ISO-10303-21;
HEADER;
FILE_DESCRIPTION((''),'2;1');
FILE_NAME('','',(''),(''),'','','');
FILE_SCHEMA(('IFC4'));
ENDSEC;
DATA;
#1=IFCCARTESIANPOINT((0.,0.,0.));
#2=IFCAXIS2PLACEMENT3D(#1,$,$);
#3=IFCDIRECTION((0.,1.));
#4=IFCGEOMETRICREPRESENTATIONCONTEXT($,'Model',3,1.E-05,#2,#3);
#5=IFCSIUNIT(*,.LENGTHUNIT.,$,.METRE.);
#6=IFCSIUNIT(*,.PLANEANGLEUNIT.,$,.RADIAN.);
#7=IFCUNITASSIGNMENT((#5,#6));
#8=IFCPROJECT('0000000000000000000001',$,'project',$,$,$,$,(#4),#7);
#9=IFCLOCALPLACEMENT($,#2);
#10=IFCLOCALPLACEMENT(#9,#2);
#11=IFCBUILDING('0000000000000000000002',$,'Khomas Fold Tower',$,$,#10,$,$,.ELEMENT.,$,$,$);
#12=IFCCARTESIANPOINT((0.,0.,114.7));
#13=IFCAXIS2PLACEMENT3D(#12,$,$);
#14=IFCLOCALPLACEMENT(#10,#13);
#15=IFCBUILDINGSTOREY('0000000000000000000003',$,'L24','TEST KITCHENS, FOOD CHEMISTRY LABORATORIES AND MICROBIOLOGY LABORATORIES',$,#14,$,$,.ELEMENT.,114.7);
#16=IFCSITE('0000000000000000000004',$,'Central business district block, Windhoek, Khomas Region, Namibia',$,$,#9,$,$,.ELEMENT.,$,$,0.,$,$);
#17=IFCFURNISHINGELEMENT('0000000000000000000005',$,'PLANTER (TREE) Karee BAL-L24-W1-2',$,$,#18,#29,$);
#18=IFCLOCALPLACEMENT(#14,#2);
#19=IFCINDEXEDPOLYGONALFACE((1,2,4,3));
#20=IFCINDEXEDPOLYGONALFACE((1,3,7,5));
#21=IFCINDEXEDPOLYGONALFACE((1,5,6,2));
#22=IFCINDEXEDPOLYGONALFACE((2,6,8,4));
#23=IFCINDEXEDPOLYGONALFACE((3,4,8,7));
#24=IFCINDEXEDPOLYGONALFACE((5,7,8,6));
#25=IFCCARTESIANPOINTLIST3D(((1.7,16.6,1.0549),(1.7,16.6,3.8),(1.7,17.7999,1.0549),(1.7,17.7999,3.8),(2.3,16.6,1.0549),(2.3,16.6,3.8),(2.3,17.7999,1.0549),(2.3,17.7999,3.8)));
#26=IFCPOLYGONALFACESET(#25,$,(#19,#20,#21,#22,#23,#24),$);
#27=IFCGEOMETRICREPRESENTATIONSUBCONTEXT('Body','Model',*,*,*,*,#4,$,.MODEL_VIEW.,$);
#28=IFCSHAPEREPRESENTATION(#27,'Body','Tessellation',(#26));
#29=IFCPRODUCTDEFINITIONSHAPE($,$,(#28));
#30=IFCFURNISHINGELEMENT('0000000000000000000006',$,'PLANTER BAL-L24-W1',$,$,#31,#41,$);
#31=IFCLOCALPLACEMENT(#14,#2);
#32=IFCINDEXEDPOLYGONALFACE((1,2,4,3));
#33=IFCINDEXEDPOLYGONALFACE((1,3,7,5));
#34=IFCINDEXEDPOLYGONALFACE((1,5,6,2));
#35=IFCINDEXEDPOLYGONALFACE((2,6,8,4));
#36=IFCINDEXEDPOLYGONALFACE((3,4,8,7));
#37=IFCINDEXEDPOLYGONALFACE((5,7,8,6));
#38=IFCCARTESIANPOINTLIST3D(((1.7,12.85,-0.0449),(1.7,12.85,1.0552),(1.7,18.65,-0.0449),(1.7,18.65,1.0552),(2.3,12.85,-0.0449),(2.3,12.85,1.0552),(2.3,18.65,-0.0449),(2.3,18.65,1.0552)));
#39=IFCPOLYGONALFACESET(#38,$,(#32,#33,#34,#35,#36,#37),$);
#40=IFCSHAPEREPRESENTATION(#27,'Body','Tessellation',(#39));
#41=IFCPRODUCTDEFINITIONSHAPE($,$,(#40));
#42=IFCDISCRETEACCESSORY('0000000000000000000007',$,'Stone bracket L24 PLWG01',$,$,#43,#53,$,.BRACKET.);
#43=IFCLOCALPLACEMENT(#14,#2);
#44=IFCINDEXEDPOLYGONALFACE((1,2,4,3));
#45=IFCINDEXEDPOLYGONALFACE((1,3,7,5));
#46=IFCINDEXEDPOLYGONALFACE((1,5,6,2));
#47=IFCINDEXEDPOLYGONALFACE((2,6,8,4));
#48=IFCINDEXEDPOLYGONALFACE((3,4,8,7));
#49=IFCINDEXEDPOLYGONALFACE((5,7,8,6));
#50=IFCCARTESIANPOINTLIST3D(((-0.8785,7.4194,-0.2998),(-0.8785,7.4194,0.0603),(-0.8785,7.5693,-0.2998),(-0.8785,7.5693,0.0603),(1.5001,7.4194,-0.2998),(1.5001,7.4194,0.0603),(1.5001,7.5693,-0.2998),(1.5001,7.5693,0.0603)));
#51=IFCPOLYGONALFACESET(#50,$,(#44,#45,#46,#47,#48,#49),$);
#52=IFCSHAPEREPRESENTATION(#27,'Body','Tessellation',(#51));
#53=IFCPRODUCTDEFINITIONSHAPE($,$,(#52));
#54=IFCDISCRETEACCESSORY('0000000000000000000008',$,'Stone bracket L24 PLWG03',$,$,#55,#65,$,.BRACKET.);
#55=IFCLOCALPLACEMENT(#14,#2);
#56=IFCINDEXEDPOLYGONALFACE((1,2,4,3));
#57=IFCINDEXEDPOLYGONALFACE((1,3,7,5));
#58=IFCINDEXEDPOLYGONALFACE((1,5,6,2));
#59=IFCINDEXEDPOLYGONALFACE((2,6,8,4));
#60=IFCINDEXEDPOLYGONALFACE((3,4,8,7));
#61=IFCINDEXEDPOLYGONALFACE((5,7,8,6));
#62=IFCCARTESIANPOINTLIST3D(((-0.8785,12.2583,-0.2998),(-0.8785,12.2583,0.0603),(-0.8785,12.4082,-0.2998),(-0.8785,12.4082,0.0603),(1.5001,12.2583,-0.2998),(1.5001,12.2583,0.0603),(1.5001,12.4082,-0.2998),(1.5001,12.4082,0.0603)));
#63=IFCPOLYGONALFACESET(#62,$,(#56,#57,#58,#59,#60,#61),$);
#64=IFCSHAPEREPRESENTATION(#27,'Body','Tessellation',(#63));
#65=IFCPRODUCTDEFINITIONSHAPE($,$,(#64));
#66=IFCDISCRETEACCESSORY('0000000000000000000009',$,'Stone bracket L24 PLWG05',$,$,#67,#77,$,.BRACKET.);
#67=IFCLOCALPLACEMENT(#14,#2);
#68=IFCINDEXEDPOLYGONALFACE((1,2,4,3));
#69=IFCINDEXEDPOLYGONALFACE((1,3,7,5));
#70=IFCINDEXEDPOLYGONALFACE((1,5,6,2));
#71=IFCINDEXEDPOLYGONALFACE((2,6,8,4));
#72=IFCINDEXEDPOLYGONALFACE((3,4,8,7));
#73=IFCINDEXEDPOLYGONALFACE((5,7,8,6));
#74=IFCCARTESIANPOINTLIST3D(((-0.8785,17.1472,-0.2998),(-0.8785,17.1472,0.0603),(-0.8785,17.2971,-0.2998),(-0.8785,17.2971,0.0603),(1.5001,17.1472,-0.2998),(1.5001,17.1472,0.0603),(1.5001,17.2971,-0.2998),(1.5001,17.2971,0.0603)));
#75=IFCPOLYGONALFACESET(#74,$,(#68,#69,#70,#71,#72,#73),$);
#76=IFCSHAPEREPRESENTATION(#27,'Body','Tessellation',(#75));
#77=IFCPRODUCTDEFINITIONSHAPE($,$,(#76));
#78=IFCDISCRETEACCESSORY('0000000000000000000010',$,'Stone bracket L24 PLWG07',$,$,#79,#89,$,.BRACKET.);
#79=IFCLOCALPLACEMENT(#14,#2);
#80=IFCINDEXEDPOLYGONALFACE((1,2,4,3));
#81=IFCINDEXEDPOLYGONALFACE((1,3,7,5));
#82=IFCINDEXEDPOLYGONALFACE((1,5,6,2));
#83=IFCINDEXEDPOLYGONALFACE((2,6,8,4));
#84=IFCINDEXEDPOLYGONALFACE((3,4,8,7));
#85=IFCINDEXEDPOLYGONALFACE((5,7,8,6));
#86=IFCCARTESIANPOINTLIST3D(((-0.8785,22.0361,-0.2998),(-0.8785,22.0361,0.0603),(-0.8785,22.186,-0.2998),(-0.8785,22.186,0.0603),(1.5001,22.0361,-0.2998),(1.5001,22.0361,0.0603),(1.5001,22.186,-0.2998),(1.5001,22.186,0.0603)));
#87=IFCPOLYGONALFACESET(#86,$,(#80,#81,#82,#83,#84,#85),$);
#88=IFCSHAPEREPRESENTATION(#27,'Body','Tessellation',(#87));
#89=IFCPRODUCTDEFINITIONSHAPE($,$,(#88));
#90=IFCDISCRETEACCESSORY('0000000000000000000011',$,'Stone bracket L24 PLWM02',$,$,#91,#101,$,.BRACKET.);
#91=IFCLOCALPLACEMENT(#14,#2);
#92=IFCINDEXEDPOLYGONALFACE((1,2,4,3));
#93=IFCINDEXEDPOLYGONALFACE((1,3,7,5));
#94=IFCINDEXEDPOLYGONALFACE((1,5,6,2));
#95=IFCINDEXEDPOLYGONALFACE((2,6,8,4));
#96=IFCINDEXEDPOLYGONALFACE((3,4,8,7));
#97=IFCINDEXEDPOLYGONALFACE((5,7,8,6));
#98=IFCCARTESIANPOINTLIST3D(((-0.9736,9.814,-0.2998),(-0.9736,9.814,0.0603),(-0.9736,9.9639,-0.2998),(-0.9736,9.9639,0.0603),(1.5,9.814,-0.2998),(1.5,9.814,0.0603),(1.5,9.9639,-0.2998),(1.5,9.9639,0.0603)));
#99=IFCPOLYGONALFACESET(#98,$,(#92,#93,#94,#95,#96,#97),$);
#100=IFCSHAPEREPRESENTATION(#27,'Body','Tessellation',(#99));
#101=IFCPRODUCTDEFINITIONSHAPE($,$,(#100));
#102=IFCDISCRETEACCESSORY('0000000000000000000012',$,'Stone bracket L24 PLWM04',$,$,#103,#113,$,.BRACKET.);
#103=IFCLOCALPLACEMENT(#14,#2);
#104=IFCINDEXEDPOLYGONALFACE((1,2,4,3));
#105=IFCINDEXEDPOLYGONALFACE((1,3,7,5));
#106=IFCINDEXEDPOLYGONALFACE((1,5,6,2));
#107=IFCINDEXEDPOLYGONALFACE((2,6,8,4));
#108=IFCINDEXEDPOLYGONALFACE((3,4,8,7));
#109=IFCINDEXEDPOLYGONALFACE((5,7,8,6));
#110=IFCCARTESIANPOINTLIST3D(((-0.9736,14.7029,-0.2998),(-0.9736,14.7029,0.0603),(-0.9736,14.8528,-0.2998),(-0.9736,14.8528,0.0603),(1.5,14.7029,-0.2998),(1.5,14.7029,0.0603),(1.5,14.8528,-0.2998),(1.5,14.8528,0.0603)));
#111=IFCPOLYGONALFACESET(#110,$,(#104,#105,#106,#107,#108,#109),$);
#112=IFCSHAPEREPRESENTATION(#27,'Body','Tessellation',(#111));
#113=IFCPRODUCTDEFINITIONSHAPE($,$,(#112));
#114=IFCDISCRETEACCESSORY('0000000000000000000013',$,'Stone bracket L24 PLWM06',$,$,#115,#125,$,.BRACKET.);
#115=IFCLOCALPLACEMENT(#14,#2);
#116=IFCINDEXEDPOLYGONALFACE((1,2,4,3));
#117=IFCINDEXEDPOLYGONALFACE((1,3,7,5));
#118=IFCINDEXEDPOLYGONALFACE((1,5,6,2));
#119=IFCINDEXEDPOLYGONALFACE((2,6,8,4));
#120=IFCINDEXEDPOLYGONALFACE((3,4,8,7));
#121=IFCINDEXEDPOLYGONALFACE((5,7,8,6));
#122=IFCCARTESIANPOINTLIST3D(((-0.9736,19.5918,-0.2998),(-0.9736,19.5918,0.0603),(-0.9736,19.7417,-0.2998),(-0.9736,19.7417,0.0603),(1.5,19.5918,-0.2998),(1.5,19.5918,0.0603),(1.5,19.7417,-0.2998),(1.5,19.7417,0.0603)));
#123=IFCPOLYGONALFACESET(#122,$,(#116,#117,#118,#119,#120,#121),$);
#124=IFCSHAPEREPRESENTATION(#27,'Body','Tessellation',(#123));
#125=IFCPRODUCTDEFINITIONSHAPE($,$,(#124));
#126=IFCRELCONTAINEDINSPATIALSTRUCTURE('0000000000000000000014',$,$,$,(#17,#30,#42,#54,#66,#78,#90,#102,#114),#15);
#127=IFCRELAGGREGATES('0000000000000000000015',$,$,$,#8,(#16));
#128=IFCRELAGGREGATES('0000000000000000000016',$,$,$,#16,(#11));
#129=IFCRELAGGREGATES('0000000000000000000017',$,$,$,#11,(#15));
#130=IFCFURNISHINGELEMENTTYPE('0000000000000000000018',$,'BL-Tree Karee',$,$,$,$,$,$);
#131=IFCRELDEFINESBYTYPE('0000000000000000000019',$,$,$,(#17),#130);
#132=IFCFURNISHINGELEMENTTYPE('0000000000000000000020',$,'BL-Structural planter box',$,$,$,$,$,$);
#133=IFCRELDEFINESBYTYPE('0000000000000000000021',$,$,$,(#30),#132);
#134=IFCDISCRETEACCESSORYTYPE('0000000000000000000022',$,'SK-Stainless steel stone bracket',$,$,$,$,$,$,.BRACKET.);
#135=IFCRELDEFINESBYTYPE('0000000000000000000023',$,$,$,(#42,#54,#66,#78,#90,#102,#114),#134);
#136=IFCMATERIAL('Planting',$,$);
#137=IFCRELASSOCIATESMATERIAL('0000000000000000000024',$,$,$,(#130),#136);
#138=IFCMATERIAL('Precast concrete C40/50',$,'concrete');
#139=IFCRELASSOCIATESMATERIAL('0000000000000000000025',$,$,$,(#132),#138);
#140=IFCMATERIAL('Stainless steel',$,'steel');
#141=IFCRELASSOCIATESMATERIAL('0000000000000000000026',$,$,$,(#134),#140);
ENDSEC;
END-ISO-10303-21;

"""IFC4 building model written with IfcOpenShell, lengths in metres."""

from ifc_helpers import new_model, si_unit, direction, frame, origin, origin_2d, place, context, subcontext, project, spatial, rectangle, extrude, source, transform, mapped, material, type_object, element, save


model = new_model("IFC4")

# Units and contexts
model_context = context("Model", 3, precision=1e-05, world=origin(), true_north=direction((0.0, 1.0)))
body_context = subcontext(model_context, "Body", "Model", "MODEL_VIEW")
ifc_project = project(units=[si_unit("LENGTHUNIT", "METRE"), si_unit("PLANEANGLEUNIT", "RADIAN")], contexts=[model_context])

# Site, building, storey
site_placement = place(None, origin())
site = spatial("IfcSite", under=ifc_project, at=site_placement, Name="Central business district block, Windhoek, Khomas Region, Namibia", CompositionType="ELEMENT", RefElevation=0.0)
building_placement = place(site_placement, origin())
building = spatial("IfcBuilding", under=site, at=building_placement, Name="Khomas Fold Tower", CompositionType="ELEMENT")
storey_placement = place(building_placement, frame((0.0, 0.0, 114.7)))
storey = spatial("IfcBuildingStorey", under=building, at=storey_placement, Name="L24", Description="TEST KITCHENS, FOOD CHEMISTRY LABORATORIES AND MICROBIOLOGY LABORATORIES", CompositionType="ELEMENT", Elevation=114.7)

# Furnishing elements
shared_shape_1 = source(origin(), body_context, "Body", "SweptSolid", [
    extrude(rectangle(XDim=1.2, YDim=0.6001, at=origin_2d()), origin(), (0.0, 0.0, 1.0), 2.7451),
])
ifc_material_1 = material(Name="Planting")
furnishing_element_type_1 = type_object("IfcFurnishingElementType", Name="BL-Tree Karee", material=ifc_material_1)
furnishing_1_placement = place(storey_placement, frame((2.0, 17.2, 1.0549), z_axis=(0.0, 0.0, 1.0), x_axis=(0.0, 1.0, 0.0)))
element("IfcFurnishingElement", 1, at=furnishing_1_placement, inside=storey, type_object=furnishing_element_type_1, Name="PLANTER (TREE) Karee BAL-L24-W1-2", context=body_context, shape_type="MappedRepresentation", body=[
    mapped(shared_shape_1, transform((0.0, 0.0, 0.0))),
])
ifc_material_2 = material(Name="Precast concrete C40/50", Category="concrete")
furnishing_element_type_2 = type_object("IfcFurnishingElementType", Name="BL-Structural planter box", material=ifc_material_2)
shared_shape_2 = source(origin(), body_context, "Body", "SweptSolid", [
    extrude(rectangle(XDim=5.8, YDim=0.6001, at=origin_2d()), origin(), (0.0, 0.0, 1.0), 1.1001),
])
furnishing_2_placement = place(storey_placement, frame((2.0, 15.75, -0.0449), z_axis=(0.0, 0.0, 1.0), x_axis=(0.0, 1.0, 0.0)))
element("IfcFurnishingElement", 2, at=furnishing_2_placement, inside=storey, type_object=furnishing_element_type_2, Name="PLANTER BAL-L24-W1", context=body_context, shape_type="MappedRepresentation", body=[
    mapped(shared_shape_2, transform((0.0, 0.0, 0.0))),
])

# Discrete accessories
ifc_material_3 = material(Name="Stainless steel", Category="steel")
discrete_accessory_type = type_object("IfcDiscreteAccessoryType", Name="SK-Stainless steel stone bracket", PredefinedType="BRACKET", material=ifc_material_3)
shared_shape_3 = source(origin(), body_context, "Body", "SweptSolid", [
    extrude(rectangle(XDim=2.3787, YDim=0.1499, at=origin_2d()), origin(), (0.0, 0.0, 1.0), 0.3601),
])
for number, where, z_axis, x_axis, name in (
    (3, (0.3108, 7.4944, -0.2998), (0.0, 0.0, 1.0), (-1.0, 0.0, 0.0), "Stone bracket L24 PLWG01"),
    (4, (0.3108, 12.3333, -0.2998), (0.0, 0.0, 1.0), (-1.0, 0.0, 0.0), "Stone bracket L24 PLWG03"),
    (5, (0.3108, 17.2222, -0.2998), (0.0, 0.0, 1.0), (-1.0, 0.0, 0.0), "Stone bracket L24 PLWG05"),
    (6, (0.3108, 22.1111, -0.2998), (0.0, 0.0, 1.0), (-1.0, 0.0, 0.0), "Stone bracket L24 PLWG07"),
):
    element("IfcDiscreteAccessory", number, at=place(storey_placement, frame(where, z_axis=z_axis, x_axis=x_axis)), inside=storey, type_object=discrete_accessory_type, Name=name, PredefinedType="BRACKET", context=body_context, shape_type="MappedRepresentation", body=[
        mapped(shared_shape_3, transform((0.0, 0.0, 0.0))),
    ])
shared_shape_4 = source(origin(), body_context, "Body", "SweptSolid", [
    extrude(rectangle(XDim=2.4736, YDim=0.1499, at=origin_2d()), origin(), (0.0, 0.0, 1.0), 0.3601),
])
for number, where, z_axis, x_axis, name in (
    (7, (0.2632, 9.8889, -0.2998), (0.0, 0.0, 1.0), (-1.0, 0.0, 0.0), "Stone bracket L24 PLWM02"),
    (8, (0.2632, 14.7778, -0.2998), (0.0, 0.0, 1.0), (-1.0, 0.0, 0.0), "Stone bracket L24 PLWM04"),
    (9, (0.2632, 19.6667, -0.2998), (0.0, 0.0, 1.0), (-1.0, 0.0, 0.0), "Stone bracket L24 PLWM06"),
):
    element("IfcDiscreteAccessory", number, at=place(storey_placement, frame(where, z_axis=z_axis, x_axis=x_axis)), inside=storey, type_object=discrete_accessory_type, Name=name, PredefinedType="BRACKET", context=body_context, shape_type="MappedRepresentation", body=[
        mapped(shared_shape_4, transform((0.0, 0.0, 0.0))),
    ])

save(model, "model.ifc")
